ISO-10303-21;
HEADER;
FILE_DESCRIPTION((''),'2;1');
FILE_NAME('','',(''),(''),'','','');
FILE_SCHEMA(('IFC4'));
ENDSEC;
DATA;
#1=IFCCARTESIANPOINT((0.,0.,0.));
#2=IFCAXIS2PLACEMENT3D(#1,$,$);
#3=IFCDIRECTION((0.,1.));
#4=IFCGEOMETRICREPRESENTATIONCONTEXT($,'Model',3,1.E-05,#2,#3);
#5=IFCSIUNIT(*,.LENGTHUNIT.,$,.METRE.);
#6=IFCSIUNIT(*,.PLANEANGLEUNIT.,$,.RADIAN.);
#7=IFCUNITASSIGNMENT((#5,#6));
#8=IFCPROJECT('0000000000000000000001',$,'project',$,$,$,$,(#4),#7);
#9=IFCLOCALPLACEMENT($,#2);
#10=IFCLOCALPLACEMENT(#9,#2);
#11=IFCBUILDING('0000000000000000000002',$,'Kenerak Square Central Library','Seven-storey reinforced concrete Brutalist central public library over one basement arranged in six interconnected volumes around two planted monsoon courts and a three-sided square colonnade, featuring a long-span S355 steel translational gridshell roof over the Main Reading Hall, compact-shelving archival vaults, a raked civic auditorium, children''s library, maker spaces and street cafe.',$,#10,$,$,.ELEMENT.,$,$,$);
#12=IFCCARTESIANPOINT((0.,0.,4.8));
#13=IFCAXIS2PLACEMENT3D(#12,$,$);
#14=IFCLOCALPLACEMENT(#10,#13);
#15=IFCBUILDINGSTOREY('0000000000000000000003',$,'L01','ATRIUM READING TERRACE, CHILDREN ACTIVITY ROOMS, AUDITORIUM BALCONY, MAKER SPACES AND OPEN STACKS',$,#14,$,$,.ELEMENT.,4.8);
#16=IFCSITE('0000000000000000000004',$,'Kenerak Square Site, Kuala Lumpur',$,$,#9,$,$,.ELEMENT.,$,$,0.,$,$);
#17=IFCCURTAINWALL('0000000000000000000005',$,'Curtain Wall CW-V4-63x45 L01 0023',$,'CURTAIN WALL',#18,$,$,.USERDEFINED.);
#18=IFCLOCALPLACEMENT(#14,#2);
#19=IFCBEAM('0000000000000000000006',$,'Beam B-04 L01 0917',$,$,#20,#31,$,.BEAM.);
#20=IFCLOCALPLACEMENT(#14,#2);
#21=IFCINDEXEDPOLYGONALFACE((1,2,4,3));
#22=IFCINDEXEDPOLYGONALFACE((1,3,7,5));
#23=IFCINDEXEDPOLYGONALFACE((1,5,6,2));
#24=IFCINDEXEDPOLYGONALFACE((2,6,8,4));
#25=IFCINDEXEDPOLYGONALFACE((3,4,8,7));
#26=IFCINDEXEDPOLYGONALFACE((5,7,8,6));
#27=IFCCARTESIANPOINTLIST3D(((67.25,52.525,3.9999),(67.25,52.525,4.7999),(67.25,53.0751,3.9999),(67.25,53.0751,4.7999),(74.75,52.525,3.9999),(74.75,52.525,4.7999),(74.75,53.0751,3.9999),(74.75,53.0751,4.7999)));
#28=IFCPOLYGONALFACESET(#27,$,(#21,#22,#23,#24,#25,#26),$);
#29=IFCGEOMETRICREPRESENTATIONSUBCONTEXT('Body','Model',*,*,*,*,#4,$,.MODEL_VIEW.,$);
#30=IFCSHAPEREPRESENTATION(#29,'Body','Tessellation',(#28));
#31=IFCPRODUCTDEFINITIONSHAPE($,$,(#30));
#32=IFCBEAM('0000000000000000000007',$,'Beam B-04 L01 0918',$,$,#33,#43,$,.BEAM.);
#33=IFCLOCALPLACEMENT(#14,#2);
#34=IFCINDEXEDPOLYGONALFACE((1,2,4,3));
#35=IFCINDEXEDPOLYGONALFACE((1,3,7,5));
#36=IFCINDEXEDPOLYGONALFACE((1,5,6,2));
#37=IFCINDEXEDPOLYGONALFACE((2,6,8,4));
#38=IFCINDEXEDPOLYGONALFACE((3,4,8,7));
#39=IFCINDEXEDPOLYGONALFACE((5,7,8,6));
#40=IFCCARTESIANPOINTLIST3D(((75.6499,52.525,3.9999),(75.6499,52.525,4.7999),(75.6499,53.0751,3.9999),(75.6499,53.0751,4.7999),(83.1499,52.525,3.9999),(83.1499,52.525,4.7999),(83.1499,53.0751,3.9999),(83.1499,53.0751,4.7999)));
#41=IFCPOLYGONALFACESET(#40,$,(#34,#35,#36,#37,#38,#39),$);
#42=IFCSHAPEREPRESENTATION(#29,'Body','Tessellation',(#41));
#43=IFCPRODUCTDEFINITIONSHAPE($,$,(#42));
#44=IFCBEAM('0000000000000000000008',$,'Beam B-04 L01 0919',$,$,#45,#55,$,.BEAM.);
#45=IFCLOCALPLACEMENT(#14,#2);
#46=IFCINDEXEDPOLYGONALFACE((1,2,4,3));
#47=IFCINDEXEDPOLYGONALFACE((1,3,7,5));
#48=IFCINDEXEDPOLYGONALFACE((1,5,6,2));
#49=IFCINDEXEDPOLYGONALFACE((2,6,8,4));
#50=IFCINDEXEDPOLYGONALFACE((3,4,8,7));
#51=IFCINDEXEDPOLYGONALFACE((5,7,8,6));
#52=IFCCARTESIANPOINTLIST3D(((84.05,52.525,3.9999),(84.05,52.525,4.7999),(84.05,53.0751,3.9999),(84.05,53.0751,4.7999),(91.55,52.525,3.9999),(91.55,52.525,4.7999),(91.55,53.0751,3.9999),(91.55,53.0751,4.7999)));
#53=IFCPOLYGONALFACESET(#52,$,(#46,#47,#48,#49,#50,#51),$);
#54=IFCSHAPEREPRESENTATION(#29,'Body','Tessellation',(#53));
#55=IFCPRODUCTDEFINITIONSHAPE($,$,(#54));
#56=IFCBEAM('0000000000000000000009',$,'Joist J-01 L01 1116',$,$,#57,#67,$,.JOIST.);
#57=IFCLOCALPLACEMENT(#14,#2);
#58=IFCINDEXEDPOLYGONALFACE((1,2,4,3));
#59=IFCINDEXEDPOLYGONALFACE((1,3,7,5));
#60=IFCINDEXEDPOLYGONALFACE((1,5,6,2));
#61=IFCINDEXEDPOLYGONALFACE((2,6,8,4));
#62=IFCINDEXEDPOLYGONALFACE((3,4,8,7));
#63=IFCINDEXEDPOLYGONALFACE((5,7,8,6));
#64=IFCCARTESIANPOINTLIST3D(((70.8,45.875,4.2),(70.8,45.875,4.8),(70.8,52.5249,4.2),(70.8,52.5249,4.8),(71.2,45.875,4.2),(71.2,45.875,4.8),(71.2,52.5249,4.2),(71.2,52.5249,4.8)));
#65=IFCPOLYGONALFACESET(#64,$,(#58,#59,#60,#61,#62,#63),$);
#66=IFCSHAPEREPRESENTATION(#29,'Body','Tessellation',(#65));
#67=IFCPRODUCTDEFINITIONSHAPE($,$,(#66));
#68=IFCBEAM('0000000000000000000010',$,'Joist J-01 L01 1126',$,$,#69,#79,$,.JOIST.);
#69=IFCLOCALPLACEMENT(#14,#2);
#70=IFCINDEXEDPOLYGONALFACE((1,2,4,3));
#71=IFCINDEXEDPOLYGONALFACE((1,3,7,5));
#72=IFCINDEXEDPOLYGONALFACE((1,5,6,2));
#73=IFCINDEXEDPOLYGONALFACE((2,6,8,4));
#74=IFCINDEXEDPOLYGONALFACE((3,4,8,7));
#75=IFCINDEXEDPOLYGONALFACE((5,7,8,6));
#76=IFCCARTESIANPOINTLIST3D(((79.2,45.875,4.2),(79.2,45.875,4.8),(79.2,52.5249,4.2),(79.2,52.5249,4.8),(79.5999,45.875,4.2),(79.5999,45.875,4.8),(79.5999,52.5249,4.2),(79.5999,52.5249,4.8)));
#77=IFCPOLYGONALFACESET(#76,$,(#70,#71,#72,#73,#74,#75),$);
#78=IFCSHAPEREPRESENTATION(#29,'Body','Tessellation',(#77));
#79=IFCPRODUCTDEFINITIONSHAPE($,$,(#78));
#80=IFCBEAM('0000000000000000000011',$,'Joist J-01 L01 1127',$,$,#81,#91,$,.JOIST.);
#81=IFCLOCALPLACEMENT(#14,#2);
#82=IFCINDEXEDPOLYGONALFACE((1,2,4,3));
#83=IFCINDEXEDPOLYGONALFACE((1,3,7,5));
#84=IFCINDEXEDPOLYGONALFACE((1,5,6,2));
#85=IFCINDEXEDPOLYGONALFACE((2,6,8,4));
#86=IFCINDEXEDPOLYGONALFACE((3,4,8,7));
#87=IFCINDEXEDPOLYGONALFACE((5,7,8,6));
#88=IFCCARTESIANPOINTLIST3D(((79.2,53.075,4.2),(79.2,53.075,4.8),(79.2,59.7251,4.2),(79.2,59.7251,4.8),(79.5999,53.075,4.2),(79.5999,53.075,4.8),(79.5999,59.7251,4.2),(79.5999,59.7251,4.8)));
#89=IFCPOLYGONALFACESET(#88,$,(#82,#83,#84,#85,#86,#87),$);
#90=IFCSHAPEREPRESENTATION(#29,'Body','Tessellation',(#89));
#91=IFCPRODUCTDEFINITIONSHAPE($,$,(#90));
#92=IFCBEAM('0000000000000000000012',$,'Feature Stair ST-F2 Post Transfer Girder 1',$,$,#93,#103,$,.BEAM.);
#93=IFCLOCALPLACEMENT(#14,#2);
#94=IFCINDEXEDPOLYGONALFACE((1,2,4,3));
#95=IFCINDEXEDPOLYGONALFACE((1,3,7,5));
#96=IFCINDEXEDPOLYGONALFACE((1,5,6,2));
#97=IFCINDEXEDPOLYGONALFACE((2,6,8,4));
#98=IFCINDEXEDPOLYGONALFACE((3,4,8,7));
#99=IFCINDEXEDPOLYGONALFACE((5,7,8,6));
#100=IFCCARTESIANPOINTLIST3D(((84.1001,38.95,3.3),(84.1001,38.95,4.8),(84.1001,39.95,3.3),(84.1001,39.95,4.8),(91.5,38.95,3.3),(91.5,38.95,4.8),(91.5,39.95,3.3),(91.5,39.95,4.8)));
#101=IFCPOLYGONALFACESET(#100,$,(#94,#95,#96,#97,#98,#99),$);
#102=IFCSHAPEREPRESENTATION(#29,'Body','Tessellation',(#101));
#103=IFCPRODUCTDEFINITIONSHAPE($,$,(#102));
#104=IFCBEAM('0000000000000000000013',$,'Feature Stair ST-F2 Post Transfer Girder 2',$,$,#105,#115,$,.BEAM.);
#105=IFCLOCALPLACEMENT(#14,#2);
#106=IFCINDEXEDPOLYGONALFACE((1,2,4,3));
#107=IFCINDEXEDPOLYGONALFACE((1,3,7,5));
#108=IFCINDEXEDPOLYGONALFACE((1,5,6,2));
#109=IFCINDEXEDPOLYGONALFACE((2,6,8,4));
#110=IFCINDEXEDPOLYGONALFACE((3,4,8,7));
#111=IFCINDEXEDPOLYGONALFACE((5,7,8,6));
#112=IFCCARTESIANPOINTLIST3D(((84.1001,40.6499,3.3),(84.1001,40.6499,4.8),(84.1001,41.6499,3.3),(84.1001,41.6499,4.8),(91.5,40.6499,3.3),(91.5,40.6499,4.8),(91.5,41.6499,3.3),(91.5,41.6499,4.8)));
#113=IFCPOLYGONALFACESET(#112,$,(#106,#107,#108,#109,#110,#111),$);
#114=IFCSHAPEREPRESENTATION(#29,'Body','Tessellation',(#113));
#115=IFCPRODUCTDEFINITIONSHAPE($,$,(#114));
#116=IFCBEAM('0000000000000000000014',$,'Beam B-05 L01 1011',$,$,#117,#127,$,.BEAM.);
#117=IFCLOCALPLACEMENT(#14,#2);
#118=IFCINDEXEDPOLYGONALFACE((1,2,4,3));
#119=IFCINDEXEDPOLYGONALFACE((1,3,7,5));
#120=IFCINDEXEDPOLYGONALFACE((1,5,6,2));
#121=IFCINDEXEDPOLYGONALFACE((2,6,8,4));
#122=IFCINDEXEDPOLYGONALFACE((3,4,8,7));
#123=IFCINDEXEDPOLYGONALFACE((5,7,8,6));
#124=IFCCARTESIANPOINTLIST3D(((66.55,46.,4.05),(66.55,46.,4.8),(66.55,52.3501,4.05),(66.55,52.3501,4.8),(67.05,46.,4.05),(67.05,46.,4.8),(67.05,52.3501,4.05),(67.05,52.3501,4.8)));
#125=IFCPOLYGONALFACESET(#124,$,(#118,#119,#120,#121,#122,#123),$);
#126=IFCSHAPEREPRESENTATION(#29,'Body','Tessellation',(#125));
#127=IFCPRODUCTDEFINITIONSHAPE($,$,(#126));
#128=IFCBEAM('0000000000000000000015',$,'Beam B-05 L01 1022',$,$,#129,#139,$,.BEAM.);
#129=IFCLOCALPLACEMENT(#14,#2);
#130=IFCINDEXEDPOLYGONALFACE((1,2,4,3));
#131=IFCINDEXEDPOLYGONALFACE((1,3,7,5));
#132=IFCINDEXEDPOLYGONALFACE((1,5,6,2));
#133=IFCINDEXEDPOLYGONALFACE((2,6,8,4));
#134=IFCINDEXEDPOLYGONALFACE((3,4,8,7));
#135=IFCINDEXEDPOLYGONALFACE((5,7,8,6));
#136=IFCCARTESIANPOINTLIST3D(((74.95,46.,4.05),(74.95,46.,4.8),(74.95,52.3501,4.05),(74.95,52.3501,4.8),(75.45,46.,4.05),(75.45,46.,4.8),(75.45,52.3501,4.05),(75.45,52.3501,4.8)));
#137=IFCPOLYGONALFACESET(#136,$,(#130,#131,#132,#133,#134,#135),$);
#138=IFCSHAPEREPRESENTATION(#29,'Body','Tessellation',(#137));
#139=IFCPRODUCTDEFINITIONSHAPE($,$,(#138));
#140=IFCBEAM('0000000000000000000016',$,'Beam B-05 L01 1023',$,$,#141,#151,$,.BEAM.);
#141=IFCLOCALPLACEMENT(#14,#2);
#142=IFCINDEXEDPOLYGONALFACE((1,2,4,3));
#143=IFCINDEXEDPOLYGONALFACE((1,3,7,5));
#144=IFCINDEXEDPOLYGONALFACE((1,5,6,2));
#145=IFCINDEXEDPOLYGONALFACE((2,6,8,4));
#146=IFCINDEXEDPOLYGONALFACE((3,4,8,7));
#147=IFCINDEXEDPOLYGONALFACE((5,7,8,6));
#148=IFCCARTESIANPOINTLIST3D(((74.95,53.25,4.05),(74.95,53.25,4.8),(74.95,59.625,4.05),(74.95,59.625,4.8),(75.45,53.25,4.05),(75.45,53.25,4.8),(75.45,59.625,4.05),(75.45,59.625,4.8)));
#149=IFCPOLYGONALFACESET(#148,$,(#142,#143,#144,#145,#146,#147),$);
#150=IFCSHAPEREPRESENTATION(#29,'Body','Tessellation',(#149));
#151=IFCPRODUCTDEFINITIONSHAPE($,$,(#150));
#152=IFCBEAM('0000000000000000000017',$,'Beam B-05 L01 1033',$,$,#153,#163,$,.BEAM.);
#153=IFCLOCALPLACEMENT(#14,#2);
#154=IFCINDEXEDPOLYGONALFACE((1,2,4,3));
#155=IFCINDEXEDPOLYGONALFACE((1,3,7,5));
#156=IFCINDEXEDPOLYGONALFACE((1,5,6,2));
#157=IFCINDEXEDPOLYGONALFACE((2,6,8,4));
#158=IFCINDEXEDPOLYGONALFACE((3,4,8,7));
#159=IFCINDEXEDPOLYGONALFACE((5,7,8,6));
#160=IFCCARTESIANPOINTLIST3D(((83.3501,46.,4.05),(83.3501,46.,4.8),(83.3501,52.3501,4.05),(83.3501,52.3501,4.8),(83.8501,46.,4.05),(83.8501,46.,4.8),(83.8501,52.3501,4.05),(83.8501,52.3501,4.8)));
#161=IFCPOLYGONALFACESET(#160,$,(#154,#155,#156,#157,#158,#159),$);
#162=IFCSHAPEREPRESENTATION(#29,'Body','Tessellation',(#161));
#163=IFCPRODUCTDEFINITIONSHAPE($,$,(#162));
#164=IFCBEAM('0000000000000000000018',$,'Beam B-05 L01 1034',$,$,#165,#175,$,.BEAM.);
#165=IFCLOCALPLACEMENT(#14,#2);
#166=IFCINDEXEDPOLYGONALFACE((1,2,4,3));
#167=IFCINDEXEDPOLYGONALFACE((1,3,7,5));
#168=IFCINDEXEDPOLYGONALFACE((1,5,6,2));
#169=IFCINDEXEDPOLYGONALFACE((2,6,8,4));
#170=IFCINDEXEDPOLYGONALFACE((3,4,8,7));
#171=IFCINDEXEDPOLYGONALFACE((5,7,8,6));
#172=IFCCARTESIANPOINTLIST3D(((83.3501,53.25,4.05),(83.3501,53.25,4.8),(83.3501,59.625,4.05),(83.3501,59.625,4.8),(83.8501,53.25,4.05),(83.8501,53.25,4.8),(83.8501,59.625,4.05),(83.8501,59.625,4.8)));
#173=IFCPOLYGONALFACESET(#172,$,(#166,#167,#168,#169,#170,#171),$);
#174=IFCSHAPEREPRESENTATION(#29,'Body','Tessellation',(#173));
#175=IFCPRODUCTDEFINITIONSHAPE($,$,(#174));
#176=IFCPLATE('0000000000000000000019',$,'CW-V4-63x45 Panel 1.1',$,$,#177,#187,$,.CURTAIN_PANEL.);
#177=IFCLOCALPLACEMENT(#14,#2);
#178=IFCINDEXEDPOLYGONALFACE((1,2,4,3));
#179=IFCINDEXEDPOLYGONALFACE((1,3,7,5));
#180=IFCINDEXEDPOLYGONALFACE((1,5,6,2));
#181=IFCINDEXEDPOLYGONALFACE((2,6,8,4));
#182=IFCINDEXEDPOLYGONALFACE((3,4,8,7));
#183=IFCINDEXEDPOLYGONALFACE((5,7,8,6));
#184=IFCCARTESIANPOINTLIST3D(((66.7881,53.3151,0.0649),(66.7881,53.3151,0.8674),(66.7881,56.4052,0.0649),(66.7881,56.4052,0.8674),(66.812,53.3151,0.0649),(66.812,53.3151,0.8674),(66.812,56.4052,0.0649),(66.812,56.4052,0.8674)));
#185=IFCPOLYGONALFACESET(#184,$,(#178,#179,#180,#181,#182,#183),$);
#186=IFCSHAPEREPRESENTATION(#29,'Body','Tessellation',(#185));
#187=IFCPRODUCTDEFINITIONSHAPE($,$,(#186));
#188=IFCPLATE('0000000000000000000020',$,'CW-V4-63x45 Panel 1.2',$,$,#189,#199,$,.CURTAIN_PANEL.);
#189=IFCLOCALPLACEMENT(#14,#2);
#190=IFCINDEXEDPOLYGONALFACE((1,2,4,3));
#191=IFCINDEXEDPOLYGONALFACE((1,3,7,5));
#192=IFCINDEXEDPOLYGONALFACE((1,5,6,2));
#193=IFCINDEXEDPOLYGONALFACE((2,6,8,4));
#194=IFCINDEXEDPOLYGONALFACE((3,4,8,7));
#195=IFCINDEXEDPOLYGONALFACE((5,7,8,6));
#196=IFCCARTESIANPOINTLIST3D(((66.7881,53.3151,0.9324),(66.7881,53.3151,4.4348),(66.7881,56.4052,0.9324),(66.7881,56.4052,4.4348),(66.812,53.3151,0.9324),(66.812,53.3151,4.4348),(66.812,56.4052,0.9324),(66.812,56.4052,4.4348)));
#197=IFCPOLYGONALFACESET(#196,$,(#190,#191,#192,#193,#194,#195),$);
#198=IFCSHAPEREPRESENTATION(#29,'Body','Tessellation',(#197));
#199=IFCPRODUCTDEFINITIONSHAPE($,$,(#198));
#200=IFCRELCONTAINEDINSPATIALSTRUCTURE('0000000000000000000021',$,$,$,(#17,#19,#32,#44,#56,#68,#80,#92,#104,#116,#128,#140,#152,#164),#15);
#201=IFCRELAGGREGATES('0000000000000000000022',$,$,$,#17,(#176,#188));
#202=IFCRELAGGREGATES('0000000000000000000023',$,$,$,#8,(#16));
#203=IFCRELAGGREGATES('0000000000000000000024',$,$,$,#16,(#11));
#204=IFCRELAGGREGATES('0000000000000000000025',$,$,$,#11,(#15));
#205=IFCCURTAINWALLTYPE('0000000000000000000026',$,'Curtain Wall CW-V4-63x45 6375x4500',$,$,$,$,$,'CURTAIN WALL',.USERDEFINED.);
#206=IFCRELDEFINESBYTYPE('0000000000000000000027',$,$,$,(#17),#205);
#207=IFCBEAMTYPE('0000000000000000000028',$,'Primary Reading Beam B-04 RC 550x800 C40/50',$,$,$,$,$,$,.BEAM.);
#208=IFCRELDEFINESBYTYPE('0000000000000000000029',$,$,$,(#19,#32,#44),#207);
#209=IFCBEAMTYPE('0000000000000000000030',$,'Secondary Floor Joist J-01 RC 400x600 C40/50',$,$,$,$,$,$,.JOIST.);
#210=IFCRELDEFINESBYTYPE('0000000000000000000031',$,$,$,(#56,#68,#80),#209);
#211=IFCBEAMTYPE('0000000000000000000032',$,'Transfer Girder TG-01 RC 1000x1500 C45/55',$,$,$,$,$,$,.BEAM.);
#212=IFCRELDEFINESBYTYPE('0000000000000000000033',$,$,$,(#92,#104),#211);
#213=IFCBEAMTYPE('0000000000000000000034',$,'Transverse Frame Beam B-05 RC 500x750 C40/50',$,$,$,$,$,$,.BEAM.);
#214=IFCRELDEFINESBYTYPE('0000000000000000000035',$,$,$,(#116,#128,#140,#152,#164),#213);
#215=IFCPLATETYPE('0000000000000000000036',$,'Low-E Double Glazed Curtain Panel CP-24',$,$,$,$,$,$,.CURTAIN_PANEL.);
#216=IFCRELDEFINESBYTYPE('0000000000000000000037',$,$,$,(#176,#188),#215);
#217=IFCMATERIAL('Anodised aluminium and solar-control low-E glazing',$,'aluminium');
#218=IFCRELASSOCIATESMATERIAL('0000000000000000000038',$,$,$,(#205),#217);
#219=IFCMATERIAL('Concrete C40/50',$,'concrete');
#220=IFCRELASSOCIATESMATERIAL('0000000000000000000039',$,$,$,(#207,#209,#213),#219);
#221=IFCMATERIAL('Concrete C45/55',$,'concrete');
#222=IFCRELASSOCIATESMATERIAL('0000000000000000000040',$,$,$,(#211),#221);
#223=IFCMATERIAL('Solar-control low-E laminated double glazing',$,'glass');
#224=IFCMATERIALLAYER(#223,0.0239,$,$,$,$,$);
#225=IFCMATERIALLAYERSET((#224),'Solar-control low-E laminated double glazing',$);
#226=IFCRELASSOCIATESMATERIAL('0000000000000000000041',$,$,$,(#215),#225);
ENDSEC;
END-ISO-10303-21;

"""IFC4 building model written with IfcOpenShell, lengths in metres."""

from ifc_helpers import new_model, si_unit, direction, frame, origin, origin_2d, place, context, subcontext, project, spatial, rectangle, extrude, material, layer, layer_set, material_profile, profile_set, type_object, element, aggregate, save


model = new_model("IFC4")

# Units and contexts
model_context = context("Model", 3, precision=1e-05, world=origin(), true_north=direction((0.0, 1.0)))
body_context = subcontext(model_context, "Body", "Model", "MODEL_VIEW")
ifc_project = project(units=[si_unit("LENGTHUNIT", "METRE"), si_unit("PLANEANGLEUNIT", "RADIAN")], contexts=[model_context])

# Site, building, storey
site_placement = place(None, origin())
site = spatial("IfcSite", under=ifc_project, at=site_placement, Name="Kenerak Square Site, Kuala Lumpur", CompositionType="ELEMENT", RefElevation=0.0)
building_placement = place(site_placement, origin())
building = spatial("IfcBuilding", under=site, at=building_placement, Name="Kenerak Square Central Library", Description="Seven-storey reinforced concrete Brutalist central public library over one basement arranged in six interconnected volumes around two planted monsoon courts and a three-sided square colonnade, featuring a long-span S355 steel translational gridshell roof over the Main Reading Hall, compact-shelving archival vaults, a raked civic auditorium, children's library, maker spaces and street cafe.", CompositionType="ELEMENT")
storey_placement = place(building_placement, frame((0.0, 0.0, 4.8)))
storey = spatial("IfcBuildingStorey", under=building, at=storey_placement, Name="L01", Description="ATRIUM READING TERRACE, CHILDREN ACTIVITY ROOMS, AUDITORIUM BALCONY, MAKER SPACES AND OPEN STACKS", CompositionType="ELEMENT", Elevation=4.8)

# Shared definitions
ifc_material_1 = material(Name="Concrete C45/55", Category="concrete")

# Shared definitions
ifc_material_2 = material(Name="Concrete C40/50", Category="concrete")

# Curtain wall
ifc_material_3 = material(Name="Anodised aluminium and solar-control low-E glazing", Category="aluminium")
curtain_wall_type = type_object("IfcCurtainWallType", Name="Curtain Wall CW-V4-63x45 6375x4500", ElementType="CURTAIN WALL", PredefinedType="USERDEFINED", material=ifc_material_3)
curtain_wall_placement = place(storey_placement, origin())
curtain_wall = element("IfcCurtainWall", 1, at=curtain_wall_placement, inside=storey, type_object=curtain_wall_type, Name="Curtain Wall CW-V4-63x45 L01 0023", ObjectType="CURTAIN WALL", PredefinedType="USERDEFINED")

# Beams
ifc_material_profile_1 = material_profile(ifc_material_2, rectangle(XDim=0.55, YDim=0.8, at=origin_2d()), Name="RC 550x800")
ifc_profile_set_1 = profile_set([ifc_material_profile_1], Name="Concrete C40/50")
beam_type_1 = type_object("IfcBeamType", Name="Primary Reading Beam B-04 RC 550x800 C40/50", PredefinedType="BEAM", material=ifc_profile_set_1)
for number, where, z_axis, x_axis, name in (
    (2, (67.25, 52.8, 4.3999), (1.0, 0.0, 0.0), (0.0, 1.0, 0.0), "Beam B-04 L01 0917"),
    (3, (75.6499, 52.8, 4.3999), (1.0, 0.0, 0.0), (0.0, 1.0, 0.0), "Beam B-04 L01 0918"),
    (4, (84.05, 52.8, 4.3999), (1.0, 0.0, 0.0), (0.0, 1.0, 0.0), "Beam B-04 L01 0919"),
):
    element("IfcBeam", number, at=place(storey_placement, frame(where, z_axis=z_axis, x_axis=x_axis)), inside=storey, type_object=beam_type_1, Name=name, PredefinedType="BEAM", context=body_context, shape_type="SweptSolid", body=[
        extrude(rectangle(XDim=0.55, YDim=0.8, at=origin_2d()), origin(), (0.0, 0.0, 1.0), 7.5),
    ])
ifc_material_profile_2 = material_profile(ifc_material_2, rectangle(XDim=0.3999, YDim=0.6001, at=origin_2d()), Name="RC 400x600")
ifc_profile_set_2 = profile_set([ifc_material_profile_2], Name="Concrete C40/50")
beam_type_2 = type_object("IfcBeamType", Name="Secondary Floor Joist J-01 RC 400x600 C40/50", PredefinedType="JOIST", material=ifc_profile_set_2)
for number, where, z_axis, x_axis, name in (
    (5, (71.0, 45.875, 4.5), (0.0, 1.0, 0.0), (-1.0, 0.0, 0.0), "Joist J-01 L01 1116"),
    (6, (79.3999, 45.875, 4.5), (0.0, 1.0, 0.0), (-1.0, 0.0, 0.0), "Joist J-01 L01 1126"),
):
    element("IfcBeam", number, at=place(storey_placement, frame(where, z_axis=z_axis, x_axis=x_axis)), inside=storey, type_object=beam_type_2, Name=name, PredefinedType="JOIST", context=body_context, shape_type="SweptSolid", body=[
        extrude(rectangle(XDim=0.3999, YDim=0.6001, at=origin_2d()), origin(), (0.0, 0.0, 1.0), 6.6499),
    ])
beam_1_placement = place(storey_placement, frame((79.3999, 53.075, 4.5), z_axis=(0.0, 1.0, 0.0), x_axis=(-1.0, 0.0, 0.0)))
element("IfcBeam", 7, at=beam_1_placement, inside=storey, type_object=beam_type_2, Name="Joist J-01 L01 1127", PredefinedType="JOIST", context=body_context, shape_type="SweptSolid", body=[
    extrude(rectangle(XDim=0.3999, YDim=0.6001, at=origin_2d()), origin(), (0.0, 0.0, 1.0), 6.6501),
])
ifc_material_profile_3 = material_profile(ifc_material_1, rectangle(XDim=1.0, YDim=1.5, at=origin_2d()), Name="RC 1000x1500")
ifc_profile_set_3 = profile_set([ifc_material_profile_3], Name="Concrete C45/55")
beam_type_3 = type_object("IfcBeamType", Name="Transfer Girder TG-01 RC 1000x1500 C45/55", PredefinedType="BEAM", material=ifc_profile_set_3)
for number, where, z_axis, x_axis, name in (
    (8, (84.1001, 39.45, 4.05), (1.0, 0.0, 0.0), (0.0, 1.0, 0.0), "Feature Stair ST-F2 Post Transfer Girder 1"),
    (9, (84.1001, 41.1499, 4.05), (1.0, 0.0, 0.0), (0.0, 1.0, 0.0), "Feature Stair ST-F2 Post Transfer Girder 2"),
):
    element("IfcBeam", number, at=place(storey_placement, frame(where, z_axis=z_axis, x_axis=x_axis)), inside=storey, type_object=beam_type_3, Name=name, PredefinedType="BEAM", context=body_context, shape_type="SweptSolid", body=[
        extrude(rectangle(XDim=1.0, YDim=1.5, at=origin_2d()), origin(), (0.0, 0.0, 1.0), 7.3999),
    ])
ifc_material_profile_4 = material_profile(ifc_material_2, rectangle(XDim=0.5, YDim=0.75, at=origin_2d()), Name="RC 500x750")
ifc_profile_set_4 = profile_set([ifc_material_profile_4], Name="Concrete C40/50")
beam_type_4 = type_object("IfcBeamType", Name="Transverse Frame Beam B-05 RC 500x750 C40/50", PredefinedType="BEAM", material=ifc_profile_set_4)
for number, where, z_axis, x_axis, name in (
    (10, (66.8, 46.0, 4.425), (0.0, 1.0, 0.0), (-1.0, 0.0, 0.0), "Beam B-05 L01 1011"),
    (11, (75.2, 46.0, 4.425), (0.0, 1.0, 0.0), (-1.0, 0.0, 0.0), "Beam B-05 L01 1022"),
):
    element("IfcBeam", number, at=place(storey_placement, frame(where, z_axis=z_axis, x_axis=x_axis)), inside=storey, type_object=beam_type_4, Name=name, PredefinedType="BEAM", context=body_context, shape_type="SweptSolid", body=[
        extrude(rectangle(XDim=0.5, YDim=0.75, at=origin_2d()), origin(), (0.0, 0.0, 1.0), 6.3501),
    ])
beam_2_placement = place(storey_placement, frame((75.2, 53.25, 4.425), z_axis=(0.0, 1.0, 0.0), x_axis=(-1.0, 0.0, 0.0)))
element("IfcBeam", 12, at=beam_2_placement, inside=storey, type_object=beam_type_4, Name="Beam B-05 L01 1023", PredefinedType="BEAM", context=body_context, shape_type="SweptSolid", body=[
    extrude(rectangle(XDim=0.5, YDim=0.75, at=origin_2d()), origin(), (0.0, 0.0, 1.0), 6.375),
])
beam_3_placement = place(storey_placement, frame((83.6001, 46.0, 4.425), z_axis=(0.0, 1.0, 0.0), x_axis=(-1.0, 0.0, 0.0)))
element("IfcBeam", 13, at=beam_3_placement, inside=storey, type_object=beam_type_4, Name="Beam B-05 L01 1033", PredefinedType="BEAM", context=body_context, shape_type="SweptSolid", body=[
    extrude(rectangle(XDim=0.5, YDim=0.75, at=origin_2d()), origin(), (0.0, 0.0, 1.0), 6.3501),
])
beam_4_placement = place(storey_placement, frame((83.6001, 53.25, 4.425), z_axis=(0.0, 1.0, 0.0), x_axis=(-1.0, 0.0, 0.0)))
element("IfcBeam", 14, at=beam_4_placement, inside=storey, type_object=beam_type_4, Name="Beam B-05 L01 1034", PredefinedType="BEAM", context=body_context, shape_type="SweptSolid", body=[
    extrude(rectangle(XDim=0.5, YDim=0.75, at=origin_2d()), origin(), (0.0, 0.0, 1.0), 6.375),
])

# Plates
ifc_material_4 = material(Name="Solar-control low-E laminated double glazing", Category="glass")
ifc_layer = layer(ifc_material_4, 0.0239)
ifc_layer_set = layer_set([ifc_layer], Name="Solar-control low-E laminated double glazing")
plate_type = type_object("IfcPlateType", Name="Low-E Double Glazed Curtain Panel CP-24", PredefinedType="CURTAIN_PANEL", material=ifc_layer_set)
plate_1_placement = place(storey_placement, frame((66.8, 54.8601, 0.0649), z_axis=(0.0, 0.0, 1.0), x_axis=(0.0, 1.0, 0.0)))
plate_1 = element("IfcPlate", 15, at=plate_1_placement, type_object=plate_type, Name="CW-V4-63x45 Panel 1.1", PredefinedType="CURTAIN_PANEL", context=body_context, shape_type="SweptSolid", body=[
    extrude(rectangle(XDim=3.0901, YDim=0.0239, at=origin_2d()), origin(), (0.0, 0.0, 1.0), 0.8025),
])
plate_2_placement = place(storey_placement, frame((66.8, 54.8601, 0.9324), z_axis=(0.0, 0.0, 1.0), x_axis=(0.0, 1.0, 0.0)))
plate_2 = element("IfcPlate", 16, at=plate_2_placement, type_object=plate_type, Name="CW-V4-63x45 Panel 1.2", PredefinedType="CURTAIN_PANEL", context=body_context, shape_type="SweptSolid", body=[
    extrude(rectangle(XDim=3.0901, YDim=0.0239, at=origin_2d()), origin(), (0.0, 0.0, 1.0), 3.5024),
])
aggregate(curtain_wall, [plate_1, plate_2])

save(model, "model.ifc")
